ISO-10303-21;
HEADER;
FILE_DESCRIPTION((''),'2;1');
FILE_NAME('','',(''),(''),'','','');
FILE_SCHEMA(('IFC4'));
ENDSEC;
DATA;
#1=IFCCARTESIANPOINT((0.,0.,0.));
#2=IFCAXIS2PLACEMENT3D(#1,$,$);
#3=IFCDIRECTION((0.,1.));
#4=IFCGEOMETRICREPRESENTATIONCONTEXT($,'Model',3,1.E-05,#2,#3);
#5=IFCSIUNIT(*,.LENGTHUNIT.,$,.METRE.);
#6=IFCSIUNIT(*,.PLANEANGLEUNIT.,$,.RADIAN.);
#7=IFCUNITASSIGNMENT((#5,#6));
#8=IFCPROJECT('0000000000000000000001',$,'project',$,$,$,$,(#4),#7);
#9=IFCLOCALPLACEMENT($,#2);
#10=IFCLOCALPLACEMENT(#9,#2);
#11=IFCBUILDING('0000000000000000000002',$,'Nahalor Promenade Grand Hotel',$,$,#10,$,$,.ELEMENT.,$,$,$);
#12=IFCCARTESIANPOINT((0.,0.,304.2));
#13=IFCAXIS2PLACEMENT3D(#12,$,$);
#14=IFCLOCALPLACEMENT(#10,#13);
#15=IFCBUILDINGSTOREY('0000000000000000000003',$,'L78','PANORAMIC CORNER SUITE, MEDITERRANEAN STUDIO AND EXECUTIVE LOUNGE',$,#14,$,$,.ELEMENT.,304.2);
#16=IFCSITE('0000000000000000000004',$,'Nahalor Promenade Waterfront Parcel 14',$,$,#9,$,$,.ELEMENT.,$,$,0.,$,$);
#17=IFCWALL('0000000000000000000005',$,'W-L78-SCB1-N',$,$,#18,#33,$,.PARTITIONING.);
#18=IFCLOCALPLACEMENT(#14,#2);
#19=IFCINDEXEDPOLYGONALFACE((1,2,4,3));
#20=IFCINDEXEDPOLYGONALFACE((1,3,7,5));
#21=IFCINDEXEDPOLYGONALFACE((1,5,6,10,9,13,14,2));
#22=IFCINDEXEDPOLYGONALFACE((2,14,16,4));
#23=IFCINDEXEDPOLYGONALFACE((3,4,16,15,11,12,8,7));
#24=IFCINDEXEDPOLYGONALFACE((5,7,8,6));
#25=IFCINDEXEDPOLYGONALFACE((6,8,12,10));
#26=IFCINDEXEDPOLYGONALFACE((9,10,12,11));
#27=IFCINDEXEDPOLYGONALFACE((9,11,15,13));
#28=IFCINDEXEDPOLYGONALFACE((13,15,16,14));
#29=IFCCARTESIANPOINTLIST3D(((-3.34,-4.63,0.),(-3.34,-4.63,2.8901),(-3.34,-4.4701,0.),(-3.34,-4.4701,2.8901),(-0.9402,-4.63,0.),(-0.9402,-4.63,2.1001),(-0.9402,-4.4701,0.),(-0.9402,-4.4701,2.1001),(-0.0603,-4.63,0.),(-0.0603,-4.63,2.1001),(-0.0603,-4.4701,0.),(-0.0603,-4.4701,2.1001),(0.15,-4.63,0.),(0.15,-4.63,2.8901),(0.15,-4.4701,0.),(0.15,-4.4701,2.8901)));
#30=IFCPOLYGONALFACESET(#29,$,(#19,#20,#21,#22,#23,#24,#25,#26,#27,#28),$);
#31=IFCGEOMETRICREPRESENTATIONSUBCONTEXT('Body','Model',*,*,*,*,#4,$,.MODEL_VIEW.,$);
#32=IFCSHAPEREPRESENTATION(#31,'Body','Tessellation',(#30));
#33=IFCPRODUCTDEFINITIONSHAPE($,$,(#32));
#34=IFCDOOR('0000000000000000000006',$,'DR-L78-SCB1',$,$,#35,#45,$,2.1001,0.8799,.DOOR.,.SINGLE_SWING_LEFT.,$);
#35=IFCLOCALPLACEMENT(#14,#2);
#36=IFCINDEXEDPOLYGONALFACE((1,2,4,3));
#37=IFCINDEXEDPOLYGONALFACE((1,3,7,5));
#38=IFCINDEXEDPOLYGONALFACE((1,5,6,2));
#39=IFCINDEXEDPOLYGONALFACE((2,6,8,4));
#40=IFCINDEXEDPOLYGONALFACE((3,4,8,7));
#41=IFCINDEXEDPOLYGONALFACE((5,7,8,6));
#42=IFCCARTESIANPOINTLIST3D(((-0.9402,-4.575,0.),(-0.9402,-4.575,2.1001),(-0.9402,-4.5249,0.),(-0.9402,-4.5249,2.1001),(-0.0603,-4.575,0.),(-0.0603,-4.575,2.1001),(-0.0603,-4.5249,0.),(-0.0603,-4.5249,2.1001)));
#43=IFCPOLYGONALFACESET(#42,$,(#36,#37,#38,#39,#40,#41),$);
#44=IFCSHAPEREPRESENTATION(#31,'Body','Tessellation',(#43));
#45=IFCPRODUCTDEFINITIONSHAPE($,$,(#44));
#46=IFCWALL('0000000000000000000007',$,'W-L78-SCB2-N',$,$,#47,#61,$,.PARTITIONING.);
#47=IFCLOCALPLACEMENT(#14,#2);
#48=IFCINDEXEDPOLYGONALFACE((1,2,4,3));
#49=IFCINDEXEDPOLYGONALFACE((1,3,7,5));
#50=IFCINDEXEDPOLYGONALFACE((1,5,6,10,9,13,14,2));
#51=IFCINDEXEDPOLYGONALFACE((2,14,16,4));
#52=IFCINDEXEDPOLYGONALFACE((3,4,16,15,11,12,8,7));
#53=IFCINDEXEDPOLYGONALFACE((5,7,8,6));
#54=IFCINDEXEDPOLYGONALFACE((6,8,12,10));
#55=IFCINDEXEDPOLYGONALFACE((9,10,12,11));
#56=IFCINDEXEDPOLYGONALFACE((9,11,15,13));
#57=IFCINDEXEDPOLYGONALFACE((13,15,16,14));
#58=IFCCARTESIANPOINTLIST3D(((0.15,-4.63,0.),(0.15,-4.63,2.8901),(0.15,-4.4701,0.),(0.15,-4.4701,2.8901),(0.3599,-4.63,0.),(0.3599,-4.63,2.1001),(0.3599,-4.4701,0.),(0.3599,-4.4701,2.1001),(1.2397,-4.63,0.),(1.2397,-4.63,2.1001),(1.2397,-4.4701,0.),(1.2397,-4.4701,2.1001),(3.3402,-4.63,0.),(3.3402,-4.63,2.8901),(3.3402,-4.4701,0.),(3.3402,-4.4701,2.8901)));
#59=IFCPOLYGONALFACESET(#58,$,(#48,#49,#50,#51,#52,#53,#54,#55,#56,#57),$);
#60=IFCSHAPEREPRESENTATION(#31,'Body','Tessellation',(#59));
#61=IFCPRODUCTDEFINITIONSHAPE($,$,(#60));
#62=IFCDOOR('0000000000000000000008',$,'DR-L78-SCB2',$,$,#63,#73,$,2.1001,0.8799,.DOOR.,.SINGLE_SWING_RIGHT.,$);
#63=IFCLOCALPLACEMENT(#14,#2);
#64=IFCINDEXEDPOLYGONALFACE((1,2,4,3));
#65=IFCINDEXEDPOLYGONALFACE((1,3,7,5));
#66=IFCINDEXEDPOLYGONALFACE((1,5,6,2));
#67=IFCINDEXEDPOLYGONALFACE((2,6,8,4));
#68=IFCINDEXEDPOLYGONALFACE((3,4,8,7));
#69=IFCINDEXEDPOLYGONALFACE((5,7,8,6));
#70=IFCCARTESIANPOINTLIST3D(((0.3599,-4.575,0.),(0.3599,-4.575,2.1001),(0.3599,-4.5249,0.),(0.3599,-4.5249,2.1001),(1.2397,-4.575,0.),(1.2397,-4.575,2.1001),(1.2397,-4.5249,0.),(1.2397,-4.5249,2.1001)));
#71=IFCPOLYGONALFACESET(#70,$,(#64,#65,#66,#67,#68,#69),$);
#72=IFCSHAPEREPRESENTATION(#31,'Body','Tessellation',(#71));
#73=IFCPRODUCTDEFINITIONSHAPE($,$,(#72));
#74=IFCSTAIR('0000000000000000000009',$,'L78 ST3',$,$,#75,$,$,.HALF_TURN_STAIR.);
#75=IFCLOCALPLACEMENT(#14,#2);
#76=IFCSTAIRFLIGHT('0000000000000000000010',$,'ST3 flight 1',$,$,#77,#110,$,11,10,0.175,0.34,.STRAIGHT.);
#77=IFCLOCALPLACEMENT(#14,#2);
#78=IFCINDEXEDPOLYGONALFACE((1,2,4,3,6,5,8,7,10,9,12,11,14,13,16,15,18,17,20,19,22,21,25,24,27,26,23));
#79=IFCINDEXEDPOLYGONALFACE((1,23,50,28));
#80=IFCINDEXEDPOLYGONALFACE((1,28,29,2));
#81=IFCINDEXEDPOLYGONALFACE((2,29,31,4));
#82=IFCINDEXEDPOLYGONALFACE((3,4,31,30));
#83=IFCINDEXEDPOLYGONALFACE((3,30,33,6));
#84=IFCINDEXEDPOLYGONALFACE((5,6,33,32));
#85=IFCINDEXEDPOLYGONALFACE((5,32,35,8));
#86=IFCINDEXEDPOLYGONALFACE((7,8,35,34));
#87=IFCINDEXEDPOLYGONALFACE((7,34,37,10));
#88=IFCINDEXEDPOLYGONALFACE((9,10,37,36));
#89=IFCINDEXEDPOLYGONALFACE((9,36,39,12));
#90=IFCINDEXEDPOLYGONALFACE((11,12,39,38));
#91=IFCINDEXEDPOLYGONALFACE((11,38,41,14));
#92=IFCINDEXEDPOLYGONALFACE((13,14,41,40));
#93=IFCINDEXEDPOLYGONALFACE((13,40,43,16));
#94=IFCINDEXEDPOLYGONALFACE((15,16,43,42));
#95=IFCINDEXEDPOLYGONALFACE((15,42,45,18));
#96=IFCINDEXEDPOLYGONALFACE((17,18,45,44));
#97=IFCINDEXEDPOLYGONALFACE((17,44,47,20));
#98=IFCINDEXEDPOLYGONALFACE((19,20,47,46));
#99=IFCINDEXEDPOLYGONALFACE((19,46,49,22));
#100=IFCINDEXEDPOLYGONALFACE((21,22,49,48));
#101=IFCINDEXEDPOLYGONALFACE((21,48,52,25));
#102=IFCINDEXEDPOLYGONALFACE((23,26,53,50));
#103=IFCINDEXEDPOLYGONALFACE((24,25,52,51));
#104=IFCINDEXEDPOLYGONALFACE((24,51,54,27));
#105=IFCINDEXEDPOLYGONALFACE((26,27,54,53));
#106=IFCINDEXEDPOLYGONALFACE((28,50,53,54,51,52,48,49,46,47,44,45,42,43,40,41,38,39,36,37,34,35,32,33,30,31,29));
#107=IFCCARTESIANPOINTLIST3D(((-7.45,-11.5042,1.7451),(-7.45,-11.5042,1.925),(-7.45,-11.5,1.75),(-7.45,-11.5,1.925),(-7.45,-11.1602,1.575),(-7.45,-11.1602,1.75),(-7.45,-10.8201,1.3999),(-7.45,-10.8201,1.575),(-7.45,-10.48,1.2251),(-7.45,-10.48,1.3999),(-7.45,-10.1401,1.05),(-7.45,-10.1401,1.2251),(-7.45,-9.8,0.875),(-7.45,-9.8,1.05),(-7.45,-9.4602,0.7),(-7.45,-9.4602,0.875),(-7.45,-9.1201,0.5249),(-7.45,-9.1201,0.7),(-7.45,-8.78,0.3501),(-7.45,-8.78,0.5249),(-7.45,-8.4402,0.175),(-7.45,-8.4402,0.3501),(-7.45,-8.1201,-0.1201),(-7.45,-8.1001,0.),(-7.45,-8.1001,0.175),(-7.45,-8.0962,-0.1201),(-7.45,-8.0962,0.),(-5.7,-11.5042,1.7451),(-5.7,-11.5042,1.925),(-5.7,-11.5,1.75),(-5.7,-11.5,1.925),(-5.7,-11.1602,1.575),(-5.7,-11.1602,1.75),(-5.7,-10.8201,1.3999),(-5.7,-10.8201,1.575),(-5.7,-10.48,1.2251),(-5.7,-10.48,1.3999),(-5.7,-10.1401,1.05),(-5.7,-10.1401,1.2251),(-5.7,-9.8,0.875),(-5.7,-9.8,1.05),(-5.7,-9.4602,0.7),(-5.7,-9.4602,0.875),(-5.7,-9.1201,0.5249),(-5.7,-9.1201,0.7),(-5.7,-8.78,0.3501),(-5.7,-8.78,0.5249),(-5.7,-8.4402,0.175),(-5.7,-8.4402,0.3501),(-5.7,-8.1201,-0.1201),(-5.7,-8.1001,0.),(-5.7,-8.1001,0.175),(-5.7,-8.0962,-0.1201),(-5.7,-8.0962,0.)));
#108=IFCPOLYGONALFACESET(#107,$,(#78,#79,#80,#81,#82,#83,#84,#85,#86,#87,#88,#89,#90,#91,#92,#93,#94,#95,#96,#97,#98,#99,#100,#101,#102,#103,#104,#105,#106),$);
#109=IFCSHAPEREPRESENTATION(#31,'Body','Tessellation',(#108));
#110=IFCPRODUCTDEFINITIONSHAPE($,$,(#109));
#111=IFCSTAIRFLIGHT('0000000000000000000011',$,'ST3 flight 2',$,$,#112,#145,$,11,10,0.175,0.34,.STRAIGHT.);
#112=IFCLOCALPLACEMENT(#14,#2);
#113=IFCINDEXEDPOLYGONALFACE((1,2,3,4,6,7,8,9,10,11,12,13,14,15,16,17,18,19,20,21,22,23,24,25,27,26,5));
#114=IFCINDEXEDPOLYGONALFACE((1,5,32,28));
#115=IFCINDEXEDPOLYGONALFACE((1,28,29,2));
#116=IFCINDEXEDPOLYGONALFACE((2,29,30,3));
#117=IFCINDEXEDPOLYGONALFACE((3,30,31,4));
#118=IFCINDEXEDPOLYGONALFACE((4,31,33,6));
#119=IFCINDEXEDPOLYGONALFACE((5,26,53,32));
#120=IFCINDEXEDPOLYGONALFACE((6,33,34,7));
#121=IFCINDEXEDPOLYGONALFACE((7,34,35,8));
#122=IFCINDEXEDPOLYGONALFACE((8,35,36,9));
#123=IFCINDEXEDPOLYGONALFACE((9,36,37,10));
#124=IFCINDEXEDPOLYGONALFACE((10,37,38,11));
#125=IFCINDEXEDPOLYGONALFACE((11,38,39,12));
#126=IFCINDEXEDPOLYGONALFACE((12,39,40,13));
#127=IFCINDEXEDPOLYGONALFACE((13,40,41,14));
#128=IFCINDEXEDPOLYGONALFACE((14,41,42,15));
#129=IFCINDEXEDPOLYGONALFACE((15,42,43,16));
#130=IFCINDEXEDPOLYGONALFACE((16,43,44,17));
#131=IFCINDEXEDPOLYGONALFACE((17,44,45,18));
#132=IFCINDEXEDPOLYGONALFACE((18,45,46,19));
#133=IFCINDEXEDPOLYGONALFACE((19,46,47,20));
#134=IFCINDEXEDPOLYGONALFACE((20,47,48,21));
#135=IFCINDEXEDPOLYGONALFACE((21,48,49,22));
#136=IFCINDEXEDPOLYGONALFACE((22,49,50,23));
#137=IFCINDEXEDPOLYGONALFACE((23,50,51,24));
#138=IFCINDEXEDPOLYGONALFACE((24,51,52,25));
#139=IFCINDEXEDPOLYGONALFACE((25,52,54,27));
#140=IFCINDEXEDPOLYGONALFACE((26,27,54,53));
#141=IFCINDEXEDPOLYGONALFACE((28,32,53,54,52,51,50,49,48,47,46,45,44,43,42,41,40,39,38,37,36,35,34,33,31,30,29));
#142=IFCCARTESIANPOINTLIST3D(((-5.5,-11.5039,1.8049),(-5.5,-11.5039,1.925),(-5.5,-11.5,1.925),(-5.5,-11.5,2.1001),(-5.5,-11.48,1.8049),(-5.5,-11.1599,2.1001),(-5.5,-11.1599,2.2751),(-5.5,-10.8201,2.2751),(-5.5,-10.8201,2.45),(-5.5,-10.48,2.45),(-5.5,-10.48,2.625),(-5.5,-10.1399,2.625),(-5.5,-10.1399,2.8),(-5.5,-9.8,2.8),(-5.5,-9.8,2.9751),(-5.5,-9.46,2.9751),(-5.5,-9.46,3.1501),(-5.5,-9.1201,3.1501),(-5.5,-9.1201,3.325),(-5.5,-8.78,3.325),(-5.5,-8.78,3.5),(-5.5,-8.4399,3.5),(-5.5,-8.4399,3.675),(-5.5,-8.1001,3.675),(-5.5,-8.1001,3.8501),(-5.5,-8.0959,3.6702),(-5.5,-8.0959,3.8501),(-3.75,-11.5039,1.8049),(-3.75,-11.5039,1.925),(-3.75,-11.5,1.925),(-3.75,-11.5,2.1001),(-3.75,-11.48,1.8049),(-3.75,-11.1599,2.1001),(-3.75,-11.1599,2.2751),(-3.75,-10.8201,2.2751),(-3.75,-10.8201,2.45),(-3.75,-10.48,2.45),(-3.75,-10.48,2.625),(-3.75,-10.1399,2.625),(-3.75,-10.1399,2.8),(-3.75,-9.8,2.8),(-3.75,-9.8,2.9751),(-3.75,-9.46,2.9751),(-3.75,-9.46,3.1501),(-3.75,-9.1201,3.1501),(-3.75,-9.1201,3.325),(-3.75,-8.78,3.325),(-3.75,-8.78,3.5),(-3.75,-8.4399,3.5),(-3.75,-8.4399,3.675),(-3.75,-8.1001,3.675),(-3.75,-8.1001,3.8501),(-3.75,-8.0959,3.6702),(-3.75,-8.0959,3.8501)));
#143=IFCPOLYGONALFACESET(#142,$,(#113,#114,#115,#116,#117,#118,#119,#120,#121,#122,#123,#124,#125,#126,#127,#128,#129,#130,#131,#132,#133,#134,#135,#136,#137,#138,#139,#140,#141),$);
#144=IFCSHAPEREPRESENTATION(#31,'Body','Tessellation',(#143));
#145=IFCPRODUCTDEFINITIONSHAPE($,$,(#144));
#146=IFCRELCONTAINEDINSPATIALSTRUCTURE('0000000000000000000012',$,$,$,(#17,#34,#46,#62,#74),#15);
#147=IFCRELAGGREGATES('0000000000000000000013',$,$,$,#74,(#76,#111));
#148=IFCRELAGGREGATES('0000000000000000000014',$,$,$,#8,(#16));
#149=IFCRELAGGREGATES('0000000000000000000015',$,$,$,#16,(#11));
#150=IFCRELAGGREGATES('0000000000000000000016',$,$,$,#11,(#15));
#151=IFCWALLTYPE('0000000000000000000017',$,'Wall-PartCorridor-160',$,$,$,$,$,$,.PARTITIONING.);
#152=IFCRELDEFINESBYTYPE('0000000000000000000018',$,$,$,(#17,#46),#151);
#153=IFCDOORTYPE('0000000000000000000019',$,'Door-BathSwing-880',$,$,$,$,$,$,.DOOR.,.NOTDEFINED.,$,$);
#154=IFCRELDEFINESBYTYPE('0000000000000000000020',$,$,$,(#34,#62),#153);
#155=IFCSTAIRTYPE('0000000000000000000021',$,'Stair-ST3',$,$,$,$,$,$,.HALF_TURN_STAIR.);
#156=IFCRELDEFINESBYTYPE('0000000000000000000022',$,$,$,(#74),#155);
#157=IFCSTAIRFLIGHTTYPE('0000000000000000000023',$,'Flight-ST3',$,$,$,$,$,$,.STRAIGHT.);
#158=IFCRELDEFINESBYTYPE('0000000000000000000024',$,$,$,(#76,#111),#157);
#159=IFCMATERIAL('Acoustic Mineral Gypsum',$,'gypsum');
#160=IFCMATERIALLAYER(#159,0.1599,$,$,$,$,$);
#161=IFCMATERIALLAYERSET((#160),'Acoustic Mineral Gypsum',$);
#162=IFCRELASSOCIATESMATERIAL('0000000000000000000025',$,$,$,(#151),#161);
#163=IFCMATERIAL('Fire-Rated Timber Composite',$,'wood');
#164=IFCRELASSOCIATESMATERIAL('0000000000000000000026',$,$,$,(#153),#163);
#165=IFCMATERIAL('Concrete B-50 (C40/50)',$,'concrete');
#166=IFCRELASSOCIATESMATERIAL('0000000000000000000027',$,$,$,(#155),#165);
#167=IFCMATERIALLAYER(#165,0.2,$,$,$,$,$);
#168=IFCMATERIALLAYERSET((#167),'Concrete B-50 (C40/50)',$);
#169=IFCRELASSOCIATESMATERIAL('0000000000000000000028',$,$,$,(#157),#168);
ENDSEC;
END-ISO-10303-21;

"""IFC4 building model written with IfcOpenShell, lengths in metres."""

from ifc_helpers import new_model, si_unit, direction, frame, frame_2d, origin, place, context, subcontext, project, spatial, polyline, rectangle, outline, extrude, source, transform, mapped, material, layer, layer_set, type_object, element, fill, aggregate, save


model = new_model("IFC4")

# Units and contexts
model_context = context("Model", 3, precision=1e-05, world=origin(), true_north=direction((0.0, 1.0)))
body_context = subcontext(model_context, "Body", "Model", "MODEL_VIEW")
ifc_project = project(units=[si_unit("LENGTHUNIT", "METRE"), si_unit("PLANEANGLEUNIT", "RADIAN")], contexts=[model_context])

# Site, building, storey
site_placement = place(None, origin())
site = spatial("IfcSite", under=ifc_project, at=site_placement, Name="Nahalor Promenade Waterfront Parcel 14", CompositionType="ELEMENT", RefElevation=0.0)
building_placement = place(site_placement, origin())
building = spatial("IfcBuilding", under=site, at=building_placement, Name="Nahalor Promenade Grand Hotel", CompositionType="ELEMENT")
storey_placement = place(building_placement, frame((0.0, 0.0, 304.2)))
storey = spatial("IfcBuildingStorey", under=building, at=storey_placement, Name="L78", Description="PANORAMIC CORNER SUITE, MEDITERRANEAN STUDIO AND EXECUTIVE LOUNGE", CompositionType="ELEMENT", Elevation=304.2)

# Shared definitions
ifc_material_1 = material(Name="Concrete B-50 (C40/50)", Category="concrete")

# Walls, openings, doors
ifc_material_2 = material(Name="Acoustic Mineral Gypsum", Category="gypsum")
ifc_layer_1 = layer(ifc_material_2, 0.1599)
ifc_layer_set_1 = layer_set([ifc_layer_1], Name="Acoustic Mineral Gypsum")
wall_type_1 = type_object("IfcWallType", Name="Wall-PartCorridor-160", PredefinedType="PARTITIONING", material=ifc_layer_set_1)
shared_shape_1 = source(origin(), body_context, "Body", "SweptSolid", [
    extrude(rectangle(XDim=3.49, YDim=0.1599, at=frame_2d((1.7451, 0.0))), origin(), (0.0, 0.0, 1.0), 2.8901),
])
wall_1_placement = place(storey_placement, frame((-3.3401, -4.55, 0.0), z_axis=(0.0, 0.0, 1.0), x_axis=(1.0, 0.0, 0.0)))
wall_1 = element("IfcWall", 1, at=wall_1_placement, inside=storey, type_object=wall_type_1, Name="W-L78-SCB1-N", PredefinedType="PARTITIONING", context=body_context, shape_type="MappedRepresentation", body=[
    mapped(shared_shape_1, transform((0.0, 0.0, 0.0), scale=1.0)),
])
opening_1_placement = place(wall_1_placement, frame((2.3999, 0.0, 0.0)))
opening_1 = element("IfcOpeningElement", 2, at=opening_1_placement, cuts=wall_1, PredefinedType="OPENING", context=body_context, shape_type="SweptSolid", body=[
    extrude(rectangle(XDim=0.8799, YDim=2.1001, at=frame_2d((0.4399, 1.05))), frame((0.0, 0.0898, 0.0), z_axis=(0.0, -1.0, 0.0), x_axis=(1.0, 0.0, 0.0)), (0.0, 0.0, 1.0), 0.1799),
])
ifc_material_3 = material(Name="Fire-Rated Timber Composite", Category="wood")
door_type_1 = type_object("IfcDoorType", Name="Door-BathSwing-880", OperationType="NOTDEFINED", PredefinedType="DOOR", material=ifc_material_3)
shared_shape_2 = source(origin(), body_context, "Body", "SweptSolid", [
    extrude(rectangle(XDim=0.8799, YDim=2.1001, at=frame_2d((0.4399, 1.05))), frame((0.0, 0.0249, 0.0), z_axis=(0.0, -1.0, 0.0), x_axis=(1.0, 0.0, 0.0)), (0.0, 0.0, 1.0), 0.05),
])
door_1_placement = place(opening_1_placement, frame((0.8799, 0.0, 0.0), z_axis=(0.0, 0.0, 1.0), x_axis=(-1.0, 0.0, 0.0)))
door_1 = element("IfcDoor", 3, at=door_1_placement, inside=storey, type_object=door_type_1, Name="DR-L78-SCB1", OperationType="SINGLE_SWING_LEFT", OverallHeight=2.1001, OverallWidth=0.8799, PredefinedType="DOOR", context=body_context, shape_type="MappedRepresentation", body=[
    mapped(shared_shape_2, transform((0.0, 0.0, 0.0), scale=1.0)),
])
fill(opening_1, door_1)
shared_shape_3 = source(origin(), body_context, "Body", "SweptSolid", [
    extrude(rectangle(XDim=3.1902, YDim=0.1599, at=frame_2d((1.5952, 0.0))), origin(), (0.0, 0.0, 1.0), 2.8901),
])
wall_2_placement = place(storey_placement, frame((0.1499, -4.55, 0.0), z_axis=(0.0, 0.0, 1.0), x_axis=(1.0, 0.0, 0.0)))
wall_2 = element("IfcWall", 4, at=wall_2_placement, inside=storey, type_object=wall_type_1, Name="W-L78-SCB2-N", PredefinedType="PARTITIONING", context=body_context, shape_type="MappedRepresentation", body=[
    mapped(shared_shape_3, transform((0.0, 0.0, 0.0), scale=1.0)),
])
opening_2_placement = place(wall_2_placement, frame((0.21, 0.0, 0.0)))
opening_2 = element("IfcOpeningElement", 5, at=opening_2_placement, cuts=wall_2, PredefinedType="OPENING", context=body_context, shape_type="SweptSolid", body=[
    extrude(rectangle(XDim=0.8799, YDim=2.1001, at=frame_2d((0.4399, 1.05))), frame((0.0, 0.0898, 0.0), z_axis=(0.0, -1.0, 0.0), x_axis=(1.0, 0.0, 0.0)), (0.0, 0.0, 1.0), 0.1799),
])
door_2_placement = place(opening_2_placement, frame((0.8799, 0.0, 0.0), z_axis=(0.0, 0.0, 1.0), x_axis=(-1.0, 0.0, 0.0)))
door_2 = element("IfcDoor", 6, at=door_2_placement, inside=storey, type_object=door_type_1, Name="DR-L78-SCB2", OperationType="SINGLE_SWING_RIGHT", OverallHeight=2.1001, OverallWidth=0.8799, PredefinedType="DOOR", context=body_context, shape_type="MappedRepresentation", body=[
    mapped(shared_shape_2, transform((0.0, 0.0, 0.0), scale=1.0)),
])
fill(opening_2, door_2)

# Stair, stair flights
stair_type = type_object("IfcStairType", Name="Stair-ST3", PredefinedType="HALF_TURN_STAIR", material=ifc_material_1)
stair_placement = place(storey_placement, origin())
stair = element("IfcStair", 7, at=stair_placement, inside=storey, type_object=stair_type, Name="L78 ST3", PredefinedType="HALF_TURN_STAIR")
ifc_layer_2 = layer(ifc_material_1, 0.2)
ifc_layer_set_2 = layer_set([ifc_layer_2], Name="Concrete B-50 (C40/50)")
stair_flight_type = type_object("IfcStairFlightType", Name="Flight-ST3", PredefinedType="STRAIGHT", material=ifc_layer_set_2)
shared_shape_4 = source(origin(), body_context, "Body", "SweptSolid", [
    extrude(outline(polyline([(-0.0039, -0.1201), (-0.0039, 0.0), (0.0, 0.0), (0.0, 0.175), (0.3401, 0.175), (0.3401, 0.3501), (0.6799, 0.3501), (0.6799, 0.5249), (1.02, 0.5249), (1.02, 0.7), (1.3601, 0.7), (1.3601, 0.875), (1.7, 0.875), (1.7, 1.05), (2.04, 1.05), (2.04, 1.2251), (2.3799, 1.2251), (2.3799, 1.3999), (2.72, 1.3999), (2.72, 1.575), (3.0601, 1.575), (3.0601, 1.75), (3.3999, 1.75), (3.3999, 1.925), (3.4041, 1.925), (3.4041, 1.7451), (0.02, -0.1201), (-0.0039, -0.1201)])), frame((0.0, 0.875, 0.0), z_axis=(0.0, -1.0, 0.0), x_axis=(1.0, 0.0, 0.0)), (0.0, 0.0, 1.0), 1.75),
])
stair_flight_1_placement = place(storey_placement, frame((-6.575, -8.1001, 0.0), z_axis=(0.0, 0.0, 1.0), x_axis=(0.0, -1.0, 0.0)))
stair_flight_1 = element("IfcStairFlight", 8, at=stair_flight_1_placement, type_object=stair_flight_type, Name="ST3 flight 1", NumberOfRisers=11, NumberOfTreads=10, PredefinedType="STRAIGHT", RiserHeight=0.175, TreadLength=0.34, context=body_context, shape_type="MappedRepresentation", body=[
    mapped(shared_shape_4, transform((0.0, 0.0, 0.0), scale=1.0)),
])
stair_flight_2_placement = place(storey_placement, frame((-4.625, -11.5, 1.925), z_axis=(0.0, 0.0, 1.0), x_axis=(0.0, 1.0, 0.0)))
stair_flight_2 = element("IfcStairFlight", 9, at=stair_flight_2_placement, type_object=stair_flight_type, Name="ST3 flight 2", NumberOfRisers=11, NumberOfTreads=10, PredefinedType="STRAIGHT", RiserHeight=0.175, TreadLength=0.34, context=body_context, shape_type="MappedRepresentation", body=[
    mapped(shared_shape_4, transform((0.0, 0.0, 0.0), scale=1.0)),
])
aggregate(stair, [stair_flight_1, stair_flight_2])

save(model, "model.ifc")
